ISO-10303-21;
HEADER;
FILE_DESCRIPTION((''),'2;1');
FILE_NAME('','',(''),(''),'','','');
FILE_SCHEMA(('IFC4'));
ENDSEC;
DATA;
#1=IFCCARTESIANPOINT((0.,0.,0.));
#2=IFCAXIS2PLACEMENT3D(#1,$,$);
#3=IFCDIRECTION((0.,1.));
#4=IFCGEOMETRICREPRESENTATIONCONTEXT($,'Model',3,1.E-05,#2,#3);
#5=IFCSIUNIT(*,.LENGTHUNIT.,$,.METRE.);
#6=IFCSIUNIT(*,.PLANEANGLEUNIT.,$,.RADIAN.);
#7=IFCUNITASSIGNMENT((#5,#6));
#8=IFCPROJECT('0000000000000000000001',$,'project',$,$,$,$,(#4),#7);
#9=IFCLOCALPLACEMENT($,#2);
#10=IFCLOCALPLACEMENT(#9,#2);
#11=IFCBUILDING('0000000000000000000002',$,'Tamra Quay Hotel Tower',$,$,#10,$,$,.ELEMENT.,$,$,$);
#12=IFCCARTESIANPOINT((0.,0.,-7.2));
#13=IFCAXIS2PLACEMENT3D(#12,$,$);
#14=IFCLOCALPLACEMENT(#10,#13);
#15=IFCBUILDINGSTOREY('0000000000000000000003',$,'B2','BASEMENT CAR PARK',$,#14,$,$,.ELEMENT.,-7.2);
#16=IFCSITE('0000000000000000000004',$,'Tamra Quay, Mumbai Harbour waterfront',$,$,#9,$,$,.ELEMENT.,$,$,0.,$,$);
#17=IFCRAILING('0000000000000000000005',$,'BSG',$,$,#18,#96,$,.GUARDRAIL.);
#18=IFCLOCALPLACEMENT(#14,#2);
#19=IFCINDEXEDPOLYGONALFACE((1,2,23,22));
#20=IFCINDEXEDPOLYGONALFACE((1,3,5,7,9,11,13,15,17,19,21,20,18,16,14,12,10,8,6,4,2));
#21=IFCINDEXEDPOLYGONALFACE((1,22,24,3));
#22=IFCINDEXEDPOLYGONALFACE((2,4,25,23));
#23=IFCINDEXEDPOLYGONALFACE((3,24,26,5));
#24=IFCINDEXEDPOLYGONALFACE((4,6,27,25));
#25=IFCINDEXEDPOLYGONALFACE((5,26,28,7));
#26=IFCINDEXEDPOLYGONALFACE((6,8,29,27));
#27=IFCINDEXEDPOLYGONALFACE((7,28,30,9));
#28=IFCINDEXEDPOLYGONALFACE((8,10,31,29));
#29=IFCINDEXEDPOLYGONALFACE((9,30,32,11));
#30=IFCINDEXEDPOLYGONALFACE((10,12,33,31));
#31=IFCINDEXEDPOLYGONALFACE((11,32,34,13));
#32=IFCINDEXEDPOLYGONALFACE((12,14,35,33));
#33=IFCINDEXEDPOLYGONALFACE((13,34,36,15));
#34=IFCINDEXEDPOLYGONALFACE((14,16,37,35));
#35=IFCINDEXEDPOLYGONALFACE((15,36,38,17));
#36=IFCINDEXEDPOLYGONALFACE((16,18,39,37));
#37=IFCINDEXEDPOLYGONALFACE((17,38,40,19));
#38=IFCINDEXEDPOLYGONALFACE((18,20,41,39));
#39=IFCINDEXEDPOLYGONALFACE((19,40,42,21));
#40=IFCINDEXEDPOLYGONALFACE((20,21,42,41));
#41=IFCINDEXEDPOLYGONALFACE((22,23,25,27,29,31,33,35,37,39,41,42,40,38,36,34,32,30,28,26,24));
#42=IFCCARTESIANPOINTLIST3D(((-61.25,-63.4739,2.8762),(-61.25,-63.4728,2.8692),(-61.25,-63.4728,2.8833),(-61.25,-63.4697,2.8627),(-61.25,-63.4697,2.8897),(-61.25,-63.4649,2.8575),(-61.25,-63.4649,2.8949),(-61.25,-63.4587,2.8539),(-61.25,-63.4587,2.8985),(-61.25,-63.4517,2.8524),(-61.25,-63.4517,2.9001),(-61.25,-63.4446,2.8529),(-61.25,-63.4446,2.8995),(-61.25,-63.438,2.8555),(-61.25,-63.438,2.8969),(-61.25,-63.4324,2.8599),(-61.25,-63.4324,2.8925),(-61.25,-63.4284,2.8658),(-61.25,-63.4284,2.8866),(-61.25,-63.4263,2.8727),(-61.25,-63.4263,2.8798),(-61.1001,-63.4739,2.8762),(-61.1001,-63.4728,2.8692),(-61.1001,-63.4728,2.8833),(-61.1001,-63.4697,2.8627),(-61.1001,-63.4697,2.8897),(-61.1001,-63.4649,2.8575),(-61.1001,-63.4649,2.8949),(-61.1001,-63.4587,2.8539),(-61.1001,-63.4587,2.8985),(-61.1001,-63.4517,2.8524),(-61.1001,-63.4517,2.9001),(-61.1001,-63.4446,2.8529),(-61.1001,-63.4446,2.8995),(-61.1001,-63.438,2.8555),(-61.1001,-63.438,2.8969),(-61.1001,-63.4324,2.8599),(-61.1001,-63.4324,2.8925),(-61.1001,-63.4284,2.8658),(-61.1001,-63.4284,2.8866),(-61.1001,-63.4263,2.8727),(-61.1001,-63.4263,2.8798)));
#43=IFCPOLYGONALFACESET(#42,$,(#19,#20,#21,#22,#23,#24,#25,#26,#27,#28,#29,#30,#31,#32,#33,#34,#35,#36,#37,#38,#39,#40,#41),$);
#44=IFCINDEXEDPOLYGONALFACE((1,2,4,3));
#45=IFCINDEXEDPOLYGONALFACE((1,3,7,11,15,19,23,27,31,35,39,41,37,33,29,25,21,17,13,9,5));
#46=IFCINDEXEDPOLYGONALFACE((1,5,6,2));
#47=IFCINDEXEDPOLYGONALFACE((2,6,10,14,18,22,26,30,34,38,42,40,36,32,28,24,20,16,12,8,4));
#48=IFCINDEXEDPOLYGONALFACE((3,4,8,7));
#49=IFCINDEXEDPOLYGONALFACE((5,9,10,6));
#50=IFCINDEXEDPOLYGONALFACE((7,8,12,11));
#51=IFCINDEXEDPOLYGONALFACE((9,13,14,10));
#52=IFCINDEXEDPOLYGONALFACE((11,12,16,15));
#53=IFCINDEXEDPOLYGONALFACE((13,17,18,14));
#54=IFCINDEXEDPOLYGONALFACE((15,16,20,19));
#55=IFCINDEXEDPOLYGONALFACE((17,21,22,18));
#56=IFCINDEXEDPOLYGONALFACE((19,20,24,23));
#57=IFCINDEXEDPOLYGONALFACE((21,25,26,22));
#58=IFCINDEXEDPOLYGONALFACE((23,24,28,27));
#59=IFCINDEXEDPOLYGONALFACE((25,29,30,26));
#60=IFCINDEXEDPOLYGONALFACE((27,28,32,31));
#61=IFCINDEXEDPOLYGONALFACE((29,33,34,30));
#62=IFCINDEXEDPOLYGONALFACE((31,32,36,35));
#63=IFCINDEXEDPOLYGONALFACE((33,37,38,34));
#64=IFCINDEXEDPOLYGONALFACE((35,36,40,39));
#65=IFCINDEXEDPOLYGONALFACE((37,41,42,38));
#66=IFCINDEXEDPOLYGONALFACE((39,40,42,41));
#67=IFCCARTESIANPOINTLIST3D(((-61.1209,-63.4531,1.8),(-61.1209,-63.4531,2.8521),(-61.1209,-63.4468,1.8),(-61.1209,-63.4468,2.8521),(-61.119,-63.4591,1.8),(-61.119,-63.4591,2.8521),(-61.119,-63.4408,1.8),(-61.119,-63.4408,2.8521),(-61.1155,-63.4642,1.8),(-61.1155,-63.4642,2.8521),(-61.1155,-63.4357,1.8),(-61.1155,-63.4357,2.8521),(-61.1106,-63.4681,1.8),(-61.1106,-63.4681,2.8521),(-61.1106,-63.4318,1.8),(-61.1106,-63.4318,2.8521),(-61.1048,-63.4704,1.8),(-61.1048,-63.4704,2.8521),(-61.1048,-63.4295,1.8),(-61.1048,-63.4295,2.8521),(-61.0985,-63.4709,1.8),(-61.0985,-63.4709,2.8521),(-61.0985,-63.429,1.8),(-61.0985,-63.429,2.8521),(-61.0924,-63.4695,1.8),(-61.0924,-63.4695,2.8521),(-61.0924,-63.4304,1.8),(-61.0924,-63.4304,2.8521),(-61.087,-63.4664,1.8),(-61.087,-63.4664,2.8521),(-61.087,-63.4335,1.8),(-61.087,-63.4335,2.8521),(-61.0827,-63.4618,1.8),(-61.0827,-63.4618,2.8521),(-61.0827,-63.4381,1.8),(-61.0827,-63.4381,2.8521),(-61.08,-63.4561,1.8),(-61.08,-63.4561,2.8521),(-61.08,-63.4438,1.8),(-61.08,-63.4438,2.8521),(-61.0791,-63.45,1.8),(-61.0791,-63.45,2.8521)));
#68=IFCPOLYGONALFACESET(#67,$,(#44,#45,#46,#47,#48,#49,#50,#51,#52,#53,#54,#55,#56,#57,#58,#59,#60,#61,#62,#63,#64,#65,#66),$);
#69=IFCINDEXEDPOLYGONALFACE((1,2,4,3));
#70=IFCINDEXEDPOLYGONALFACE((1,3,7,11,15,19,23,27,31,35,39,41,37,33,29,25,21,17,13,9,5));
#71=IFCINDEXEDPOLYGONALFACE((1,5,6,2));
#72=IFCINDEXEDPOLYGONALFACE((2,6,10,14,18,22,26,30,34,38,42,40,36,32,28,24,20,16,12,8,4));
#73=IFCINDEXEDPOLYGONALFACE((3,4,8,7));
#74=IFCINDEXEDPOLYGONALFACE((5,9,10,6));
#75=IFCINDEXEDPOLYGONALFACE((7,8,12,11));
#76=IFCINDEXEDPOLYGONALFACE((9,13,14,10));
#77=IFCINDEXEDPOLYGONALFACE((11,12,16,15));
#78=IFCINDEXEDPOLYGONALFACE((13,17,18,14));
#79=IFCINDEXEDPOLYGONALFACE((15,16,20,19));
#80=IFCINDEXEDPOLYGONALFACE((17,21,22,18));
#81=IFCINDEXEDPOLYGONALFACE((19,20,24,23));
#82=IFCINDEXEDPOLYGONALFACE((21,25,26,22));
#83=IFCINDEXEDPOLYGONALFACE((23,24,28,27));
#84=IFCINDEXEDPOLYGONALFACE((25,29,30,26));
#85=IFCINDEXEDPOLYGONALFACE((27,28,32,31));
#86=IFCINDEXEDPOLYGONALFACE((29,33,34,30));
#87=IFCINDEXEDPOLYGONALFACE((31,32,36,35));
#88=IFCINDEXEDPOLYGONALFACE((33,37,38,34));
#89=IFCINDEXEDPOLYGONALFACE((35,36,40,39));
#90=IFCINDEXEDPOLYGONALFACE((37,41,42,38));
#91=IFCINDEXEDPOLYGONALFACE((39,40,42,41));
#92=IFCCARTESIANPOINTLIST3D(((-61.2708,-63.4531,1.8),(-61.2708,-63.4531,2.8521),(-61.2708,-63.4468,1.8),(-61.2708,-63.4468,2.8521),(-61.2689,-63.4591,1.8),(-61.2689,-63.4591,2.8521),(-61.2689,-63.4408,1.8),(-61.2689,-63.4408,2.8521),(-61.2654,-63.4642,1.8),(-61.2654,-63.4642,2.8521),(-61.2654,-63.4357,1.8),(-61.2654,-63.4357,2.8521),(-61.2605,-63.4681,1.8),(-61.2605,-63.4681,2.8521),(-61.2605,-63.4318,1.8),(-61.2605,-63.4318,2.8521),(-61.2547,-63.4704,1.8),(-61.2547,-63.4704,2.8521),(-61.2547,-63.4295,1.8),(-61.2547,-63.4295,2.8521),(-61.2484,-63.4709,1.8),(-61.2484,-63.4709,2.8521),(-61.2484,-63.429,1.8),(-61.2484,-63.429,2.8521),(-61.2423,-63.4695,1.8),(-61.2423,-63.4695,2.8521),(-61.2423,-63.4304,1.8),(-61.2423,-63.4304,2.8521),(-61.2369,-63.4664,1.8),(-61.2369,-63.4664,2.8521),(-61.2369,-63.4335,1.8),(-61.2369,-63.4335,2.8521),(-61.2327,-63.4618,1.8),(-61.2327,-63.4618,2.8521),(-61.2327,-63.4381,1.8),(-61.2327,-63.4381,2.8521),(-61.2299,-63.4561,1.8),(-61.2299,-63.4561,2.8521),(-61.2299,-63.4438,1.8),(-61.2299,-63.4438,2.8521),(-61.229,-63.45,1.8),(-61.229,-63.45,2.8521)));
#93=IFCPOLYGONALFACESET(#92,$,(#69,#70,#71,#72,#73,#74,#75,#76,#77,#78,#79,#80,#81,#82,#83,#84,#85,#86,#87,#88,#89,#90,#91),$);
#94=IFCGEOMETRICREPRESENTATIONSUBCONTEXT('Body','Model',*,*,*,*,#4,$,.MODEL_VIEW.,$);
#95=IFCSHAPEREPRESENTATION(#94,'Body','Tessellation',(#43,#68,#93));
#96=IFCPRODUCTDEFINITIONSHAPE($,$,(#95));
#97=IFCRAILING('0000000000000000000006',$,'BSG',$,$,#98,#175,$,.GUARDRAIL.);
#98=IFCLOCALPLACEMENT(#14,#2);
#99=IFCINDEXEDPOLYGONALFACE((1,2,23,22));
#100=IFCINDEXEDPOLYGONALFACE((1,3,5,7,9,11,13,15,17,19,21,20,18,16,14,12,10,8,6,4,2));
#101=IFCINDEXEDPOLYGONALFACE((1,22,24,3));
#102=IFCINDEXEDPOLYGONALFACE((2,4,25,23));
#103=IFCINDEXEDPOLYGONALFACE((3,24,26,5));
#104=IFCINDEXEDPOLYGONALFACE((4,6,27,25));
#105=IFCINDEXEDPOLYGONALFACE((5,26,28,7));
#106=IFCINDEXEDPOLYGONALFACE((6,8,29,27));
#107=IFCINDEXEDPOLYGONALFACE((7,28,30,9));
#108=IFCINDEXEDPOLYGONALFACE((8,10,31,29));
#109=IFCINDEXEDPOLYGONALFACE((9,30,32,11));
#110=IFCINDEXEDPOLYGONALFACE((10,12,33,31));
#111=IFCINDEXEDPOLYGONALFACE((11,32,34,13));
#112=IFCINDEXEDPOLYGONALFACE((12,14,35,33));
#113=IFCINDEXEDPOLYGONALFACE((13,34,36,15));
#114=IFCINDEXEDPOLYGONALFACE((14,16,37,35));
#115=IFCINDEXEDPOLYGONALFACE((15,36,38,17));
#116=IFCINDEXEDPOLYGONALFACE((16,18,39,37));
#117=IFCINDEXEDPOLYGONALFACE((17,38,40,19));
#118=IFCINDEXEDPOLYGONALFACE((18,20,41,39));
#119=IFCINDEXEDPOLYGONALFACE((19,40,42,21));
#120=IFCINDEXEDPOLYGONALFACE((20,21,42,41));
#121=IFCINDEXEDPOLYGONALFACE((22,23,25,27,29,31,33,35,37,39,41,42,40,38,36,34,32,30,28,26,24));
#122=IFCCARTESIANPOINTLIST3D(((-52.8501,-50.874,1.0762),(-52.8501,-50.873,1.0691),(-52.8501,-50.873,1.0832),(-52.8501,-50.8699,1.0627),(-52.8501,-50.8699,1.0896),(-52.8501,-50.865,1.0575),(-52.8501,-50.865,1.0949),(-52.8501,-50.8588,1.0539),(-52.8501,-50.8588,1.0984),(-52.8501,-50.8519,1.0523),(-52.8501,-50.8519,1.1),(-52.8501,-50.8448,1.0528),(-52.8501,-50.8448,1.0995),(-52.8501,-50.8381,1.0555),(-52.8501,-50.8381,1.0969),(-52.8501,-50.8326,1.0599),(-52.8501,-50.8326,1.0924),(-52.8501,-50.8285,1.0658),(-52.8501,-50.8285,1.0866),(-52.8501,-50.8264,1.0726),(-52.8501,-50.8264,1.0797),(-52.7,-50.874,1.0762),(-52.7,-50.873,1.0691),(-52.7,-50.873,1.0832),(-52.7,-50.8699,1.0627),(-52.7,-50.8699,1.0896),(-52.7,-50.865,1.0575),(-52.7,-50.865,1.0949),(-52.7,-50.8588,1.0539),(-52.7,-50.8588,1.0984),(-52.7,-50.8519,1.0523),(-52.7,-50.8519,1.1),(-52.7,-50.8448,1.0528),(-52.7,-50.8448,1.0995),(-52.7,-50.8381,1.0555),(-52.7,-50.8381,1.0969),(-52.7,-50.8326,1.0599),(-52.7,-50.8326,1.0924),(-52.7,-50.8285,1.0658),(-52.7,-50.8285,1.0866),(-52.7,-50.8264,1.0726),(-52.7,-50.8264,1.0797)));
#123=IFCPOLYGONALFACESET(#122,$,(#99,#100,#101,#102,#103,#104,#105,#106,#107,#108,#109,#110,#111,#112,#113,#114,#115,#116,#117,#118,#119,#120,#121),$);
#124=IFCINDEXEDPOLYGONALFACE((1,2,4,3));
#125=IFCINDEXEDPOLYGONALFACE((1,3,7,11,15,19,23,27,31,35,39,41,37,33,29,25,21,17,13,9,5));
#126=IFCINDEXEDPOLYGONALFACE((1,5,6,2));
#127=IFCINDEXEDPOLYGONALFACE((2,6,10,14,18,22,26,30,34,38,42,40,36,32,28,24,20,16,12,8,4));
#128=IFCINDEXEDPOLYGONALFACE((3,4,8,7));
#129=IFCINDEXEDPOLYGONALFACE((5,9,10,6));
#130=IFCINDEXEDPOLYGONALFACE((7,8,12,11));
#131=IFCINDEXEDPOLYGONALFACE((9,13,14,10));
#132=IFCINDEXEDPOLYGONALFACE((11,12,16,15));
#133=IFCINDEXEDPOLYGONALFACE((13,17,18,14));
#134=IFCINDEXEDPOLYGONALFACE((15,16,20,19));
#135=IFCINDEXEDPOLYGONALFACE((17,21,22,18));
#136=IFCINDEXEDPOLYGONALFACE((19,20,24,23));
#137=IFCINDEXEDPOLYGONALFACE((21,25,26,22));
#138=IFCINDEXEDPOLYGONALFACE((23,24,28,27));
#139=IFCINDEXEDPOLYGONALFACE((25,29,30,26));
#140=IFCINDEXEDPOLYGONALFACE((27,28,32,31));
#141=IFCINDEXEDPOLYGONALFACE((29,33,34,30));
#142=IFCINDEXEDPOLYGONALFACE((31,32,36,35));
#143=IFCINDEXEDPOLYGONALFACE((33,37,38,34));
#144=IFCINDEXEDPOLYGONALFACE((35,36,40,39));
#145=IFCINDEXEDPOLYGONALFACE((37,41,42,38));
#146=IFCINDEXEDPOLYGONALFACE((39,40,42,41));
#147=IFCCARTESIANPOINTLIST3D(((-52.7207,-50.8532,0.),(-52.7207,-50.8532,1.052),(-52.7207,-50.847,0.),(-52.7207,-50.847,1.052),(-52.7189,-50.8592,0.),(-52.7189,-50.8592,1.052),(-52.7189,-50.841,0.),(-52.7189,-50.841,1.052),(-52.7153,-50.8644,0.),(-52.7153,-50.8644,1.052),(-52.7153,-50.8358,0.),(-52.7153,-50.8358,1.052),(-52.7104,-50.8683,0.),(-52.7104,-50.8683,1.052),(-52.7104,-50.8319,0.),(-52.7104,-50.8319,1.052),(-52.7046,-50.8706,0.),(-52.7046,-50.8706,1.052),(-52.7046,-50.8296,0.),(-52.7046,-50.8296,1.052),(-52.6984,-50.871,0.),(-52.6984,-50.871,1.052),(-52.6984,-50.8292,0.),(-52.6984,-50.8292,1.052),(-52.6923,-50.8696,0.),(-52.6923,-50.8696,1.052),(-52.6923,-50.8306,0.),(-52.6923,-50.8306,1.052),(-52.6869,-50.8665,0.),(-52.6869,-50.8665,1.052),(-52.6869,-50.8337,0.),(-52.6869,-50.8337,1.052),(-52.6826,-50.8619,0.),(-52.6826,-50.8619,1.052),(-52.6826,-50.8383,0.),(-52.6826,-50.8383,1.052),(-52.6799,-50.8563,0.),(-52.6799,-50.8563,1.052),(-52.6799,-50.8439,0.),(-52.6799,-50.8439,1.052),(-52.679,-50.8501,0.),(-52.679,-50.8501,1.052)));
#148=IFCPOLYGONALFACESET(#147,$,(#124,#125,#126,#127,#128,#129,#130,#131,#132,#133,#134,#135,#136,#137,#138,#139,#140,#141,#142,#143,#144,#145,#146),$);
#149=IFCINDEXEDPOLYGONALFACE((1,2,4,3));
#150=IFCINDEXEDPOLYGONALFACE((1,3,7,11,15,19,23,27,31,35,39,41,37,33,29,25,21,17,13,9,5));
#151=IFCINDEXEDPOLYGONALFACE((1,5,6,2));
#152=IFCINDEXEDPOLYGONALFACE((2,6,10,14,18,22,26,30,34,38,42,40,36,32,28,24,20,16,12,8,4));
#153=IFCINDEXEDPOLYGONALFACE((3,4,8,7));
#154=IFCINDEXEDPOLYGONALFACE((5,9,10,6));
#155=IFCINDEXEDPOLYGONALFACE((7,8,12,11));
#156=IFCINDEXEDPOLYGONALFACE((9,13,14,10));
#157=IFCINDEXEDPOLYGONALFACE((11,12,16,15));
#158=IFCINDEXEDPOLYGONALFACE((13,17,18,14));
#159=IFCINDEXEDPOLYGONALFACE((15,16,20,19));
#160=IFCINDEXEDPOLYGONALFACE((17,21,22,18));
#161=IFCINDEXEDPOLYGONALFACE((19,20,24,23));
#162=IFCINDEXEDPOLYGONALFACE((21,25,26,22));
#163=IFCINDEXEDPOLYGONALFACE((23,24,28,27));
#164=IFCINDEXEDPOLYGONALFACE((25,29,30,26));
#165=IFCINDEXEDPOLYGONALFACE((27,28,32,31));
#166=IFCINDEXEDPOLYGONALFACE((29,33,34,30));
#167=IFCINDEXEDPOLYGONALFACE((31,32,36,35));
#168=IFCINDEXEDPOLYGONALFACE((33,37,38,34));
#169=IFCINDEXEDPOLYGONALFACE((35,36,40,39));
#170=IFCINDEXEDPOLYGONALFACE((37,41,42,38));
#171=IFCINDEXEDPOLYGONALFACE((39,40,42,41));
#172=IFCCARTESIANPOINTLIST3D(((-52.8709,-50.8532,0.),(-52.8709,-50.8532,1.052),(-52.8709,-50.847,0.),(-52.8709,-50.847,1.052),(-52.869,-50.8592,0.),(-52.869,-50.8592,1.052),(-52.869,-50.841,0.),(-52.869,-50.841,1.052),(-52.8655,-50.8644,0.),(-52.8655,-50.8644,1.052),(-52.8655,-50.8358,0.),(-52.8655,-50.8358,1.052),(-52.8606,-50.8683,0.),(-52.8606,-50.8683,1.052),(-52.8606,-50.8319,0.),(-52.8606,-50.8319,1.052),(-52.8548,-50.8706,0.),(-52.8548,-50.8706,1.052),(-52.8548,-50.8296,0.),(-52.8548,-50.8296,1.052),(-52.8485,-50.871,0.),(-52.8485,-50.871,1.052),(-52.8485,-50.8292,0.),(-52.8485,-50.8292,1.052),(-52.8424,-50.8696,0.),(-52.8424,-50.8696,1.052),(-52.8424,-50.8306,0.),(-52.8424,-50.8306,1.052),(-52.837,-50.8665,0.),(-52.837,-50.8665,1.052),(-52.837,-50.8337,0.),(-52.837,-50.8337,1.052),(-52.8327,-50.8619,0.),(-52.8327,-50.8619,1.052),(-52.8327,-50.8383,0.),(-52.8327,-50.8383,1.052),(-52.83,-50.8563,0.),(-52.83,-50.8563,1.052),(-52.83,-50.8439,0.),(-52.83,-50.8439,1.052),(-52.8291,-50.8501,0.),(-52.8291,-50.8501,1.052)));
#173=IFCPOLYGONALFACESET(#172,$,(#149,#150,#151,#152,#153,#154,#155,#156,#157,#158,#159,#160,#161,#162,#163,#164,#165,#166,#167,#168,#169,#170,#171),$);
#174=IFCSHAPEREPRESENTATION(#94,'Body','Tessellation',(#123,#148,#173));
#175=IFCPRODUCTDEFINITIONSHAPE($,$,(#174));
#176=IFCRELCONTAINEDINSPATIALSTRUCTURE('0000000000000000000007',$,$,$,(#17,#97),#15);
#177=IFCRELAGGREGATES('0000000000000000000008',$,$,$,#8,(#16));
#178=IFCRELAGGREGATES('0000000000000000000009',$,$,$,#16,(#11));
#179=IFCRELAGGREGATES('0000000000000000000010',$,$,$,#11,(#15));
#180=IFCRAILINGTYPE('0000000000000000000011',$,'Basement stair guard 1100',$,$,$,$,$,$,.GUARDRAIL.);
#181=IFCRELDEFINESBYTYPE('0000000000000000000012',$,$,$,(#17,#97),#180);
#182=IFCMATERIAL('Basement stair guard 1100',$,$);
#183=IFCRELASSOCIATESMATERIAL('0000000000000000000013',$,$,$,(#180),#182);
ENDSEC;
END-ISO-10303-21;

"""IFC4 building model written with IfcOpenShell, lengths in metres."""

from ifc_helpers import new_model, si_unit, direction, frame, origin, origin_2d, place, context, subcontext, project, spatial, circle, extrude, material, type_object, element, save


model = new_model("IFC4")

# Units and contexts
model_context = context("Model", 3, precision=1e-05, world=origin(), true_north=direction((0.0, 1.0)))
body_context = subcontext(model_context, "Body", "Model", "MODEL_VIEW")
ifc_project = project(units=[si_unit("LENGTHUNIT", "METRE"), si_unit("PLANEANGLEUNIT", "RADIAN")], contexts=[model_context])

# Site, building, storey
site_placement = place(None, origin())
site = spatial("IfcSite", under=ifc_project, at=site_placement, Name="Tamra Quay, Mumbai Harbour waterfront", CompositionType="ELEMENT", RefElevation=0.0)
building_placement = place(site_placement, origin())
building = spatial("IfcBuilding", under=site, at=building_placement, Name="Tamra Quay Hotel Tower", CompositionType="ELEMENT")
storey_placement = place(building_placement, frame((0.0, 0.0, -7.2)))
storey = spatial("IfcBuildingStorey", under=building, at=storey_placement, Name="B2", Description="BASEMENT CAR PARK", CompositionType="ELEMENT", Elevation=-7.2)

# Railings
ifc_material_1 = material(Name="Basement stair guard 1100")
railing_type_1 = type_object("IfcRailingType", Name="Basement stair guard 1100", PredefinedType="GUARDRAIL", material=ifc_material_1)
railing_1_placement = place(storey_placement, frame((-61.1001, -63.45, 1.8)))
element("IfcRailing", 1, at=railing_1_placement, inside=storey, type_object=railing_type_1, Name="BSG", PredefinedType="GUARDRAIL", context=body_context, shape_type="SweptSolid", body=[
    extrude(circle(Radius=0.0239, at=origin_2d()), frame((0.0, 0.0, 1.0762), z_axis=(-1.0, 0.0, 0.0), x_axis=(0.0, -1.0, 0.0)), (0.0, 0.0, 1.0), 0.1499),
    extrude(circle(Radius=0.021, at=origin_2d()), origin(), (0.0, 0.0, 1.0), 1.052),
    extrude(circle(Radius=0.021, at=origin_2d()), frame((-0.1499, 0.0, 0.0)), (0.0, 0.0, 1.0), 1.052),
])
railing_2_placement = place(storey_placement, frame((-52.7, -50.8501, 0.0)))
element("IfcRailing", 2, at=railing_2_placement, inside=storey, type_object=railing_type_1, Name="BSG", PredefinedType="GUARDRAIL", context=body_context, shape_type="SweptSolid", body=[
    extrude(circle(Radius=0.0239, at=origin_2d()), frame((0.0, 0.0, 1.0762), z_axis=(-1.0, 0.0, 0.0), x_axis=(0.0, -1.0, 0.0)), (0.0, 0.0, 1.0), 0.1501),
    extrude(circle(Radius=0.021, at=origin_2d()), origin(), (0.0, 0.0, 1.0), 1.052),
    extrude(circle(Radius=0.021, at=origin_2d()), frame((-0.1501, 0.0, 0.0)), (0.0, 0.0, 1.0), 1.052),
])

save(model, "model.ifc")
